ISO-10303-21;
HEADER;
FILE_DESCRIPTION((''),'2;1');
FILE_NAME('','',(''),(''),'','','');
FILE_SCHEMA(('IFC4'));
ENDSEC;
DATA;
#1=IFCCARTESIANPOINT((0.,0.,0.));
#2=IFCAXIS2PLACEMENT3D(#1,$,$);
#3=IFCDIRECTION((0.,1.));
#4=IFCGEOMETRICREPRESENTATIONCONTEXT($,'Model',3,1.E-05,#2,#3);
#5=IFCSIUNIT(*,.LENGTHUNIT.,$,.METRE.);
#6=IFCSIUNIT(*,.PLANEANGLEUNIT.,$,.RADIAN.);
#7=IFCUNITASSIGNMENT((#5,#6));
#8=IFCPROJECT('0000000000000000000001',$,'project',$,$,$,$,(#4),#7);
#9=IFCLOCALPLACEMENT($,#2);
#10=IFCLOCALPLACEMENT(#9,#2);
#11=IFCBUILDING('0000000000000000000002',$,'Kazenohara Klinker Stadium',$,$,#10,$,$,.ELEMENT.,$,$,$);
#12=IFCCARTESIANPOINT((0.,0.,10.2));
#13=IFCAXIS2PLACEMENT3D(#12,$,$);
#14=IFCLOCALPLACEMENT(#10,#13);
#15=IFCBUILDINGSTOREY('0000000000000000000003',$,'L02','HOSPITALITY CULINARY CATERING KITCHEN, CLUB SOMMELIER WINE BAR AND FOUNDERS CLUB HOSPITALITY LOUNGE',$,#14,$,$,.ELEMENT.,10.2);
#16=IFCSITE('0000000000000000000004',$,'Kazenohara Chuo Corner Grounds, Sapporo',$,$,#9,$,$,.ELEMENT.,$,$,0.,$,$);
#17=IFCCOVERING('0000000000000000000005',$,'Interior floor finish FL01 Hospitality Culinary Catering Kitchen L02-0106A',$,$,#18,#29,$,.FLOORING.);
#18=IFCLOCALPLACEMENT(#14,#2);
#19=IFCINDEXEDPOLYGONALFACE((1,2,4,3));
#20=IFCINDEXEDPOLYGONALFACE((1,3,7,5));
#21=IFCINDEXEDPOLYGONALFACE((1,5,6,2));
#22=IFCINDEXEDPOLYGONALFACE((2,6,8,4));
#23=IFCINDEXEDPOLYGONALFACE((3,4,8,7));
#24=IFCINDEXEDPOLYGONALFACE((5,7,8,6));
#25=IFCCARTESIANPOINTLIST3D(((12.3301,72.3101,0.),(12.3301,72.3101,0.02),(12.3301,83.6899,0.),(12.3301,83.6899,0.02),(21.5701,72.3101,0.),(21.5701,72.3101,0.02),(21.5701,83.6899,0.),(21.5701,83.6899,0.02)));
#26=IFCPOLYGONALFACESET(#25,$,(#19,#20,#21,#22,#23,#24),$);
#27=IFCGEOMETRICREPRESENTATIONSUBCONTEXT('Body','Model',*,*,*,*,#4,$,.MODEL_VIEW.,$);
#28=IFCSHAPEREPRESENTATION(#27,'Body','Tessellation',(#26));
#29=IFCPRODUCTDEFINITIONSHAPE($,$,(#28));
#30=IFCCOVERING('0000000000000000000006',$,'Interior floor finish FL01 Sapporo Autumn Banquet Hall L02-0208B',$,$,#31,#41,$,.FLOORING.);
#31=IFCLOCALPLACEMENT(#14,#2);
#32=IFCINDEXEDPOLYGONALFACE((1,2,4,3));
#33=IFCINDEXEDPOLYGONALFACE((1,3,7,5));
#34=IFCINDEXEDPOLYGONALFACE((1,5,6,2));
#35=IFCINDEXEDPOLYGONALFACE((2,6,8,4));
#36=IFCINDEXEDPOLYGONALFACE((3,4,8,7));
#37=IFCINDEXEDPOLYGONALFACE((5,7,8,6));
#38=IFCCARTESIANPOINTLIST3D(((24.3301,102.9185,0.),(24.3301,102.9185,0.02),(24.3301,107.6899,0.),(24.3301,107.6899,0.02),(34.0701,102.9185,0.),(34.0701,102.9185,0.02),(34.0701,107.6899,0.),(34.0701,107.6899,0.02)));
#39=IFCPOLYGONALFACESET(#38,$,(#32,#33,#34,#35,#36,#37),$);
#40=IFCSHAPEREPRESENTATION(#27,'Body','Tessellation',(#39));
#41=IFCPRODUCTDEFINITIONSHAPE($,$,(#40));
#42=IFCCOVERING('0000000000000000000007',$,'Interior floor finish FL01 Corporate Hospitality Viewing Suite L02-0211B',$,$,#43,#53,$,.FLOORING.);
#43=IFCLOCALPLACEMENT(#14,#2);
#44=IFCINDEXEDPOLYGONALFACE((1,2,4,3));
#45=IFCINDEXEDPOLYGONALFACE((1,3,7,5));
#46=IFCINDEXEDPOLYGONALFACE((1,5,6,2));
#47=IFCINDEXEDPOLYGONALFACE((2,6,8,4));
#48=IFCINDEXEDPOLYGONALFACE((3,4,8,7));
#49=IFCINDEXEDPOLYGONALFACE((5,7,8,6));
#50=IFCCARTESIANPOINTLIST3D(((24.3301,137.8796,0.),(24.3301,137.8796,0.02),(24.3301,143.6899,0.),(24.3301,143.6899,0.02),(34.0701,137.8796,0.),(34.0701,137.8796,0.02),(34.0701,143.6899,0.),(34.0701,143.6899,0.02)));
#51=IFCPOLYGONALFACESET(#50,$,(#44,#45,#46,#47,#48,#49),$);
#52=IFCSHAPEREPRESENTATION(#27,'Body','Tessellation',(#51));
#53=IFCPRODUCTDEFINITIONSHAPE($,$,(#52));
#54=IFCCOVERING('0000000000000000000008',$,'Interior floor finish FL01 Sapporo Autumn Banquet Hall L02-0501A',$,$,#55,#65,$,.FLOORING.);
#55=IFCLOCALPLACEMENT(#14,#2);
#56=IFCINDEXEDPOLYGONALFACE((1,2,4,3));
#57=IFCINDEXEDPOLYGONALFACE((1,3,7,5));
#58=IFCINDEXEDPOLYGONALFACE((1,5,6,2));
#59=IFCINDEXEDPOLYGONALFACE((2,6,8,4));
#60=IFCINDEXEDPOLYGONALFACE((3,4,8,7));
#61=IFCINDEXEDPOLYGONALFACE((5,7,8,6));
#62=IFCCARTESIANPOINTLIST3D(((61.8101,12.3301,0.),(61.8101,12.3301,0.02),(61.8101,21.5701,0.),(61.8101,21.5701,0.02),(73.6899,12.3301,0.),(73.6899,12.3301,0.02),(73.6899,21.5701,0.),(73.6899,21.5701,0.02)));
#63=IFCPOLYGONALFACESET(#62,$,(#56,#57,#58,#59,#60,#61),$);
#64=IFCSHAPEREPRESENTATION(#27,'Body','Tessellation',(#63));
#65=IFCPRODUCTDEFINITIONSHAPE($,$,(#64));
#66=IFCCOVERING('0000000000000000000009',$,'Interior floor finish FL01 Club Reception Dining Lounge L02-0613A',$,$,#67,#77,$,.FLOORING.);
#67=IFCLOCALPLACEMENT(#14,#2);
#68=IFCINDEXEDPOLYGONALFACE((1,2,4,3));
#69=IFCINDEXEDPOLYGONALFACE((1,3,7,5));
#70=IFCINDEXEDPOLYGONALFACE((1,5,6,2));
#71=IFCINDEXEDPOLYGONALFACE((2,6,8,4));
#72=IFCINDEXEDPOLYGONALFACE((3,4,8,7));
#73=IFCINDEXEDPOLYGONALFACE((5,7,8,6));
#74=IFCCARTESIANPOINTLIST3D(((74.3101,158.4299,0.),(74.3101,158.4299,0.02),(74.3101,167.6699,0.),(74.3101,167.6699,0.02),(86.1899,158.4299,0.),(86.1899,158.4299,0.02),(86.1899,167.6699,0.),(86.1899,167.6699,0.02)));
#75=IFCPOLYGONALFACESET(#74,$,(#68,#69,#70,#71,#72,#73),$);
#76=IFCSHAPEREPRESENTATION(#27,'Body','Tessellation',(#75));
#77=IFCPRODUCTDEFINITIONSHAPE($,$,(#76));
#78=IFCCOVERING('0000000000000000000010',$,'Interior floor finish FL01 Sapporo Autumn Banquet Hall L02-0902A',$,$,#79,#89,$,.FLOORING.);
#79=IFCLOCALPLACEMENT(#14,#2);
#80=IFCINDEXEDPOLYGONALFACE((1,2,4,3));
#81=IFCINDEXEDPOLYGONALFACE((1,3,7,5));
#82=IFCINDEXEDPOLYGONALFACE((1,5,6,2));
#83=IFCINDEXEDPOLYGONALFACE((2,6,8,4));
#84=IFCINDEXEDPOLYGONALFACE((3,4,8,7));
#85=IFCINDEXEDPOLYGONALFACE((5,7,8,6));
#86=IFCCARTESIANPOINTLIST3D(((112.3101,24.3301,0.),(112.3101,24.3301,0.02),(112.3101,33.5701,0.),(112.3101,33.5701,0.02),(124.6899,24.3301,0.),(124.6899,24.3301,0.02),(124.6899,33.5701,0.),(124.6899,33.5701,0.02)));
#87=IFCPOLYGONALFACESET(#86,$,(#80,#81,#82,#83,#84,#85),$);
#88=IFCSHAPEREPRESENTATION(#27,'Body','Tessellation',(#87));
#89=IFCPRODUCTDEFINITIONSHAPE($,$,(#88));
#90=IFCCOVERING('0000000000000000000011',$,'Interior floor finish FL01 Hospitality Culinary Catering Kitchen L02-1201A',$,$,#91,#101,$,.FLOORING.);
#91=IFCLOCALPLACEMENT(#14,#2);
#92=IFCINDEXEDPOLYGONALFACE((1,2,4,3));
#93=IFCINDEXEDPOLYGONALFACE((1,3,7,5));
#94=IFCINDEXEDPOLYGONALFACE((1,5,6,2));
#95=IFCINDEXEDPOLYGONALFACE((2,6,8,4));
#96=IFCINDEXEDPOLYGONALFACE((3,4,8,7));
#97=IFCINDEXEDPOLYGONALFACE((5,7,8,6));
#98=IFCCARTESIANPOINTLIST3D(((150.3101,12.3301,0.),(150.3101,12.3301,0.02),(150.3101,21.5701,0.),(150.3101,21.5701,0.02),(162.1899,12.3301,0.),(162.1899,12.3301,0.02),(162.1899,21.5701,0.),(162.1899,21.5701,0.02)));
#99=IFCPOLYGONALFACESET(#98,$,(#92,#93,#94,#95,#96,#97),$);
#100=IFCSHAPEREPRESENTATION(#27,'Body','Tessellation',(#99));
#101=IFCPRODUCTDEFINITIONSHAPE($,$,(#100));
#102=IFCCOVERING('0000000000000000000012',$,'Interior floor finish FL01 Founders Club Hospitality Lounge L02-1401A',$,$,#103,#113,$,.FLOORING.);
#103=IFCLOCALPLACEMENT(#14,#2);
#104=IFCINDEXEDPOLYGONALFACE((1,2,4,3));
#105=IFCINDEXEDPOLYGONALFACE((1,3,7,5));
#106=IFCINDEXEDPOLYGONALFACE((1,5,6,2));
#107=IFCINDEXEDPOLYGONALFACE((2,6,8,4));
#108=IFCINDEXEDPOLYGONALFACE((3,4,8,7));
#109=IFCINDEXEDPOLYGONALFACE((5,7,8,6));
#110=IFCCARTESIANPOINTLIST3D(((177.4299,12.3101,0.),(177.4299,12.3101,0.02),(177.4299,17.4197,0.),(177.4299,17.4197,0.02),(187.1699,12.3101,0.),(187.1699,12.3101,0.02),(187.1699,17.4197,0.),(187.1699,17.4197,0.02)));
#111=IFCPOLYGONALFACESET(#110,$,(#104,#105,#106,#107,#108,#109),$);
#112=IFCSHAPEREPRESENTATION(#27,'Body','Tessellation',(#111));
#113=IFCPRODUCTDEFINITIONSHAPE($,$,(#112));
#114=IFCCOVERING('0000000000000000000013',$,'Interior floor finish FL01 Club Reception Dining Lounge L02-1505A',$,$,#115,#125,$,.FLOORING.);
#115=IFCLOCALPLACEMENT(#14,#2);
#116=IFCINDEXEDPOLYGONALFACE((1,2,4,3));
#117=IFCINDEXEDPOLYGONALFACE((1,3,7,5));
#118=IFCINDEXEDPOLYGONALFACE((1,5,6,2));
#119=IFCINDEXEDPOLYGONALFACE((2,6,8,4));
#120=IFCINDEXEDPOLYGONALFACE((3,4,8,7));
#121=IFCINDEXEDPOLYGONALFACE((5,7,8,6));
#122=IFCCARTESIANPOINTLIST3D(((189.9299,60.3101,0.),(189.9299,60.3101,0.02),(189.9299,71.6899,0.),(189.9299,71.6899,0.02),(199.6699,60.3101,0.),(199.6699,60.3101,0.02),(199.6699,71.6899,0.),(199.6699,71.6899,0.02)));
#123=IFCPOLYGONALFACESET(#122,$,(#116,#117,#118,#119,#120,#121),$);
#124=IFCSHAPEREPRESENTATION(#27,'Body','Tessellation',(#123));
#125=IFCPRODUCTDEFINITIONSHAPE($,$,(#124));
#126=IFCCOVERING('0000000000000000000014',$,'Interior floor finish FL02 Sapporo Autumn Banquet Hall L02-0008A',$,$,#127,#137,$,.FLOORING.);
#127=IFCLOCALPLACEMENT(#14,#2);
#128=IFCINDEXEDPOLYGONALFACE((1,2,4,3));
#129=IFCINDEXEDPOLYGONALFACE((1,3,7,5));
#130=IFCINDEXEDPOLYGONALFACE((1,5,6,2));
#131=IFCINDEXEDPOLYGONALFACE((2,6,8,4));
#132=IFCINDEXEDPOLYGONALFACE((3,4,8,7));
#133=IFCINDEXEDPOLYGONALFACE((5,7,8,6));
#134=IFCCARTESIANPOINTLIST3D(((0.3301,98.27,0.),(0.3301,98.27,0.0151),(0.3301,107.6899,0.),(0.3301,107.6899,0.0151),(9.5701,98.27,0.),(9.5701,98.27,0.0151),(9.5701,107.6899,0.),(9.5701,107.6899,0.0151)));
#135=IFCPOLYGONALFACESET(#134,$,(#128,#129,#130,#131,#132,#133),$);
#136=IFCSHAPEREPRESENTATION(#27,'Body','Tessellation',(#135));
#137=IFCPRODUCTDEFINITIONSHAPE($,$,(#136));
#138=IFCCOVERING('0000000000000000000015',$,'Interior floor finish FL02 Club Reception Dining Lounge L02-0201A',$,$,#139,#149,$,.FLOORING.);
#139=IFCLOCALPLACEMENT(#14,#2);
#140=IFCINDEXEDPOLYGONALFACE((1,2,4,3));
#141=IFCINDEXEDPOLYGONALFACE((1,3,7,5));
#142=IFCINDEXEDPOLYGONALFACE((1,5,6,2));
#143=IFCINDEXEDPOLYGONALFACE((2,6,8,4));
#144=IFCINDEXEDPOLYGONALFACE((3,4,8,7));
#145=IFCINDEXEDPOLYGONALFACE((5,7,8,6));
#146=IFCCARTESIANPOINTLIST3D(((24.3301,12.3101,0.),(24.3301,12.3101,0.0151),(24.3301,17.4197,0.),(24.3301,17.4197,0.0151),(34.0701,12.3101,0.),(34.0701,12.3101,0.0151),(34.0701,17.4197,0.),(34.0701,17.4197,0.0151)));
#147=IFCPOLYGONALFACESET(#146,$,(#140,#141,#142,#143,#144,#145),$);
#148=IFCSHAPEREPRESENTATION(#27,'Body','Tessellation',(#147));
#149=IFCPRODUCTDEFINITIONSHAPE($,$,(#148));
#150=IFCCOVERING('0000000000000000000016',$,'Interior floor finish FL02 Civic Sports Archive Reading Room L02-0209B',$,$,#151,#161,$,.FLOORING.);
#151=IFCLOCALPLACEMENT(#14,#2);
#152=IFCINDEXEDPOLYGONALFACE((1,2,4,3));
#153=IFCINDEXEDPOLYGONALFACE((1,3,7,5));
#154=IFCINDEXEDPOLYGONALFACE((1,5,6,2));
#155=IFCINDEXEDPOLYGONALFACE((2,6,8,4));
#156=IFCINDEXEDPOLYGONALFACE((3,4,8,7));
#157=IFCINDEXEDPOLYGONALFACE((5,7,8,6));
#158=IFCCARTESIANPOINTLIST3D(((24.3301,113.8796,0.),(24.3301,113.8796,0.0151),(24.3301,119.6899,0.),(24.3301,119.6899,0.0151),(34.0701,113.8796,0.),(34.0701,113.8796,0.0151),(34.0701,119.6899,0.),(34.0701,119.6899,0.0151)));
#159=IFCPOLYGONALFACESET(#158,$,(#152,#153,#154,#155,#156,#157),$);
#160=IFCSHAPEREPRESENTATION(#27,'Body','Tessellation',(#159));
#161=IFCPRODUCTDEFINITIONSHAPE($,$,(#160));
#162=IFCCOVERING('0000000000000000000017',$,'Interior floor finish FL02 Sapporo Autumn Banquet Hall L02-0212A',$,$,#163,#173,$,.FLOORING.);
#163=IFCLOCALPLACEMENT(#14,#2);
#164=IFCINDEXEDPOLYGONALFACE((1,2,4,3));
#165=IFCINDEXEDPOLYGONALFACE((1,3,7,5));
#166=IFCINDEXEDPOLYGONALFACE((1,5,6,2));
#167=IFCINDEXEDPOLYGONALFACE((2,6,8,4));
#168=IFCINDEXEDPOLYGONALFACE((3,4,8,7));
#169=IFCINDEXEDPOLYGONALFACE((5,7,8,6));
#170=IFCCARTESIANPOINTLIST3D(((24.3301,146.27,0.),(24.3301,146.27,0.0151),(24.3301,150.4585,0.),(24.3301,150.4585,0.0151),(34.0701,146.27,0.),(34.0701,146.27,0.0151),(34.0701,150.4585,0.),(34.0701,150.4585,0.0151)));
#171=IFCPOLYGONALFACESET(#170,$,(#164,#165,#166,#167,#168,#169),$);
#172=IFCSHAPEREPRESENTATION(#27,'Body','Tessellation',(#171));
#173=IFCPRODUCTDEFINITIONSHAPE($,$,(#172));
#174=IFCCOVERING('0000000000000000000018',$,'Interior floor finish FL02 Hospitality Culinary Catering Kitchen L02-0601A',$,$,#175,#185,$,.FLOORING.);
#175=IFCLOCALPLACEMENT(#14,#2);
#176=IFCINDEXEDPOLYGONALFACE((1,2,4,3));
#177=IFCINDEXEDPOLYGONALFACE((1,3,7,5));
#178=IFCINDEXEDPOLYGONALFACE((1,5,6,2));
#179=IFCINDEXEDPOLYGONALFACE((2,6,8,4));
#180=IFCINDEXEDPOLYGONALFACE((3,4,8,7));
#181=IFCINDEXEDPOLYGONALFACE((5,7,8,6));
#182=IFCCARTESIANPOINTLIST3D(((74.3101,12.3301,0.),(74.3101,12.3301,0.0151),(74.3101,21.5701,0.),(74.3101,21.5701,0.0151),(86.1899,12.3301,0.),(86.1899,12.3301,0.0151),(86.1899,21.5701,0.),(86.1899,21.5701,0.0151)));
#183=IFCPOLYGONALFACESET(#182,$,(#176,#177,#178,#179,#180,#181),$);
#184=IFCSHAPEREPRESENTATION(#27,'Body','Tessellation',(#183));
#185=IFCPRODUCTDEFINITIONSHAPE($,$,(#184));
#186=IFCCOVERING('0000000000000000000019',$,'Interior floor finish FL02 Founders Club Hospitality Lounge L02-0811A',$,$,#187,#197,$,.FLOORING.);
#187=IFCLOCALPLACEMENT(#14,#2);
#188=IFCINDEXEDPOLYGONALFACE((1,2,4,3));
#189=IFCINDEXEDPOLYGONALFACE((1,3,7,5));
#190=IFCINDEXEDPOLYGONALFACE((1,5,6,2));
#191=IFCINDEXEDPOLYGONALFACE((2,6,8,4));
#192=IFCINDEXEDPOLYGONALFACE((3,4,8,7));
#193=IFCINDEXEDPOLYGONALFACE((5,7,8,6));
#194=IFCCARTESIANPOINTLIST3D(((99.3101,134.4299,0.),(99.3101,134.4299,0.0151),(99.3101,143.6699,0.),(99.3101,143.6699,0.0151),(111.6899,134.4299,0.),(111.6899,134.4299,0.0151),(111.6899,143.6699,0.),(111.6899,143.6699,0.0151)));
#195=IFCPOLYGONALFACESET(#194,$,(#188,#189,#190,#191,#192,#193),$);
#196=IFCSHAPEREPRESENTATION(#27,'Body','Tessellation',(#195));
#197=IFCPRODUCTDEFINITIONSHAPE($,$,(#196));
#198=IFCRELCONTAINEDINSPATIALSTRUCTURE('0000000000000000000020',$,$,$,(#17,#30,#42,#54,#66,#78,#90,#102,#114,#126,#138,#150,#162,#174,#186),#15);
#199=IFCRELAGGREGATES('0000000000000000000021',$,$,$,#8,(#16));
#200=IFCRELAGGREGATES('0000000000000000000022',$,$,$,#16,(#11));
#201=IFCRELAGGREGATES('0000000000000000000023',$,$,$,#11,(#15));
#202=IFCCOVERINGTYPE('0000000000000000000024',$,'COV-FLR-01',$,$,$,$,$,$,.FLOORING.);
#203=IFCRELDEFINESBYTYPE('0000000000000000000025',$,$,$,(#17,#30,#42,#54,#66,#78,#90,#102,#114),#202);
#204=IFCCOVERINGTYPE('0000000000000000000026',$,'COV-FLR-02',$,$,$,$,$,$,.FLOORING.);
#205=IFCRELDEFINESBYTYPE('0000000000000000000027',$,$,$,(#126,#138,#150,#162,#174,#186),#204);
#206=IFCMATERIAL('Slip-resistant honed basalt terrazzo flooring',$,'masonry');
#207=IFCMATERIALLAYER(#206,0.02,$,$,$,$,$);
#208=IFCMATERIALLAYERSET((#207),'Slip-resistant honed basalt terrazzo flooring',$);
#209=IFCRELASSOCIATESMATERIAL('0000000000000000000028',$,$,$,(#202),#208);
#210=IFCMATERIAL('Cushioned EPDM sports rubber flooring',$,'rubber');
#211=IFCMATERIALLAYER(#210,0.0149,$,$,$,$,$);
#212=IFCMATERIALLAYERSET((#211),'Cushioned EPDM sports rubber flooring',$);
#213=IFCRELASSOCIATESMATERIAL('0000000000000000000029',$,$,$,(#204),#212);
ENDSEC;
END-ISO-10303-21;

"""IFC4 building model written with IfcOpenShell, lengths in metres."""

from ifc_helpers import new_model, si_unit, direction, frame, origin, place, context, subcontext, project, spatial, polyline, outline, extrude, material, layer, layer_set, type_object, element, save


model = new_model("IFC4")

# Units and contexts
model_context = context("Model", 3, precision=1e-05, world=origin(), true_north=direction((0.0, 1.0)))
body_context = subcontext(model_context, "Body", "Model", "MODEL_VIEW")
ifc_project = project(units=[si_unit("LENGTHUNIT", "METRE"), si_unit("PLANEANGLEUNIT", "RADIAN")], contexts=[model_context])

# Site, building, storey
site_placement = place(None, origin())
site = spatial("IfcSite", under=ifc_project, at=site_placement, Name="Kazenohara Chuo Corner Grounds, Sapporo", CompositionType="ELEMENT", RefElevation=0.0)
building_placement = place(site_placement, origin())
building = spatial("IfcBuilding", under=site, at=building_placement, Name="Kazenohara Klinker Stadium", CompositionType="ELEMENT")
storey_placement = place(building_placement, frame((0.0, 0.0, 10.2)))
storey = spatial("IfcBuildingStorey", under=building, at=storey_placement, Name="L02", Description="HOSPITALITY CULINARY CATERING KITCHEN, CLUB SOMMELIER WINE BAR AND FOUNDERS CLUB HOSPITALITY LOUNGE", CompositionType="ELEMENT", Elevation=10.2)

# Coverings
ifc_material_1 = material(Name="Slip-resistant honed basalt terrazzo flooring", Category="masonry")
ifc_layer_1 = layer(ifc_material_1, 0.02)
ifc_layer_set_1 = layer_set([ifc_layer_1], Name="Slip-resistant honed basalt terrazzo flooring")
covering_type_1 = type_object("IfcCoveringType", Name="COV-FLR-01", PredefinedType="FLOORING", material=ifc_layer_set_1)
covering_1_placement = place(storey_placement, origin())
element("IfcCovering", 1, at=covering_1_placement, inside=storey, type_object=covering_type_1, Name="Interior floor finish FL01 Hospitality Culinary Catering Kitchen L02-0106A", PredefinedType="FLOORING", context=body_context, shape_type="SweptSolid", body=[
    extrude(outline(polyline([(12.3301, 72.3101), (21.5701, 72.3101), (21.5701, 83.6899), (12.3301, 83.6899), (12.3301, 72.3101)])), origin(), (0.0, 0.0, 1.0), 0.02),
])
covering_2_placement = place(storey_placement, origin())
element("IfcCovering", 2, at=covering_2_placement, inside=storey, type_object=covering_type_1, Name="Interior floor finish FL01 Sapporo Autumn Banquet Hall L02-0208B", PredefinedType="FLOORING", context=body_context, shape_type="SweptSolid", body=[
    extrude(outline(polyline([(24.3301, 102.9185), (34.0701, 102.9185), (34.0701, 107.6899), (24.3301, 107.6899), (24.3301, 102.9185)])), origin(), (0.0, 0.0, 1.0), 0.02),
])
covering_3_placement = place(storey_placement, origin())
element("IfcCovering", 3, at=covering_3_placement, inside=storey, type_object=covering_type_1, Name="Interior floor finish FL01 Corporate Hospitality Viewing Suite L02-0211B", PredefinedType="FLOORING", context=body_context, shape_type="SweptSolid", body=[
    extrude(outline(polyline([(24.3301, 137.8796), (34.0701, 137.8796), (34.0701, 143.6899), (24.3301, 143.6899), (24.3301, 137.8796)])), origin(), (0.0, 0.0, 1.0), 0.02),
])
covering_4_placement = place(storey_placement, origin())
element("IfcCovering", 4, at=covering_4_placement, inside=storey, type_object=covering_type_1, Name="Interior floor finish FL01 Sapporo Autumn Banquet Hall L02-0501A", PredefinedType="FLOORING", context=body_context, shape_type="SweptSolid", body=[
    extrude(outline(polyline([(61.8101, 12.3301), (73.6899, 12.3301), (73.6899, 21.5701), (61.8101, 21.5701), (61.8101, 12.3301)])), origin(), (0.0, 0.0, 1.0), 0.02),
])
covering_5_placement = place(storey_placement, origin())
element("IfcCovering", 5, at=covering_5_placement, inside=storey, type_object=covering_type_1, Name="Interior floor finish FL01 Club Reception Dining Lounge L02-0613A", PredefinedType="FLOORING", context=body_context, shape_type="SweptSolid", body=[
    extrude(outline(polyline([(74.3101, 158.4299), (86.1899, 158.4299), (86.1899, 167.6699), (74.3101, 167.6699), (74.3101, 158.4299)])), origin(), (0.0, 0.0, 1.0), 0.02),
])
covering_6_placement = place(storey_placement, origin())
element("IfcCovering", 6, at=covering_6_placement, inside=storey, type_object=covering_type_1, Name="Interior floor finish FL01 Sapporo Autumn Banquet Hall L02-0902A", PredefinedType="FLOORING", context=body_context, shape_type="SweptSolid", body=[
    extrude(outline(polyline([(112.3101, 24.3301), (124.6899, 24.3301), (124.6899, 33.5701), (112.3101, 33.5701), (112.3101, 24.3301)])), origin(), (0.0, 0.0, 1.0), 0.02),
])
covering_7_placement = place(storey_placement, origin())
element("IfcCovering", 7, at=covering_7_placement, inside=storey, type_object=covering_type_1, Name="Interior floor finish FL01 Hospitality Culinary Catering Kitchen L02-1201A", PredefinedType="FLOORING", context=body_context, shape_type="SweptSolid", body=[
    extrude(outline(polyline([(150.3101, 12.3301), (162.1899, 12.3301), (162.1899, 21.5701), (150.3101, 21.5701), (150.3101, 12.3301)])), origin(), (0.0, 0.0, 1.0), 0.02),
])
covering_8_placement = place(storey_placement, origin())
element("IfcCovering", 8, at=covering_8_placement, inside=storey, type_object=covering_type_1, Name="Interior floor finish FL01 Founders Club Hospitality Lounge L02-1401A", PredefinedType="FLOORING", context=body_context, shape_type="SweptSolid", body=[
    extrude(outline(polyline([(177.4299, 12.3101), (187.1699, 12.3101), (187.1699, 17.4197), (177.4299, 17.4197), (177.4299, 12.3101)])), origin(), (0.0, 0.0, 1.0), 0.02),
])
covering_9_placement = place(storey_placement, origin())
element("IfcCovering", 9, at=covering_9_placement, inside=storey, type_object=covering_type_1, Name="Interior floor finish FL01 Club Reception Dining Lounge L02-1505A", PredefinedType="FLOORING", context=body_context, shape_type="SweptSolid", body=[
    extrude(outline(polyline([(189.9299, 60.3101), (199.6699, 60.3101), (199.6699, 71.6899), (189.9299, 71.6899), (189.9299, 60.3101)])), origin(), (0.0, 0.0, 1.0), 0.02),
])
ifc_material_2 = material(Name="Cushioned EPDM sports rubber flooring", Category="rubber")
ifc_layer_2 = layer(ifc_material_2, 0.0149)
ifc_layer_set_2 = layer_set([ifc_layer_2], Name="Cushioned EPDM sports rubber flooring")
covering_type_2 = type_object("IfcCoveringType", Name="COV-FLR-02", PredefinedType="FLOORING", material=ifc_layer_set_2)
covering_10_placement = place(storey_placement, origin())
element("IfcCovering", 10, at=covering_10_placement, inside=storey, type_object=covering_type_2, Name="Interior floor finish FL02 Sapporo Autumn Banquet Hall L02-0008A", PredefinedType="FLOORING", context=body_context, shape_type="SweptSolid", body=[
    extrude(outline(polyline([(0.3301, 98.27), (9.5701, 98.27), (9.5701, 107.6899), (0.3301, 107.6899), (0.3301, 98.27)])), origin(), (0.0, 0.0, 1.0), 0.0151),
])
covering_11_placement = place(storey_placement, origin())
element("IfcCovering", 11, at=covering_11_placement, inside=storey, type_object=covering_type_2, Name="Interior floor finish FL02 Club Reception Dining Lounge L02-0201A", PredefinedType="FLOORING", context=body_context, shape_type="SweptSolid", body=[
    extrude(outline(polyline([(24.3301, 12.3101), (34.0701, 12.3101), (34.0701, 17.4197), (24.3301, 17.4197), (24.3301, 12.3101)])), origin(), (0.0, 0.0, 1.0), 0.0151),
])
covering_12_placement = place(storey_placement, origin())
element("IfcCovering", 12, at=covering_12_placement, inside=storey, type_object=covering_type_2, Name="Interior floor finish FL02 Civic Sports Archive Reading Room L02-0209B", PredefinedType="FLOORING", context=body_context, shape_type="SweptSolid", body=[
    extrude(outline(polyline([(24.3301, 113.8796), (34.0701, 113.8796), (34.0701, 119.6899), (24.3301, 119.6899), (24.3301, 113.8796)])), origin(), (0.0, 0.0, 1.0), 0.0151),
])
covering_13_placement = place(storey_placement, origin())
element("IfcCovering", 13, at=covering_13_placement, inside=storey, type_object=covering_type_2, Name="Interior floor finish FL02 Sapporo Autumn Banquet Hall L02-0212A", PredefinedType="FLOORING", context=body_context, shape_type="SweptSolid", body=[
    extrude(outline(polyline([(24.3301, 146.27), (34.0701, 146.27), (34.0701, 150.4585), (24.3301, 150.4585), (24.3301, 146.27)])), origin(), (0.0, 0.0, 1.0), 0.0151),
])
covering_14_placement = place(storey_placement, origin())
element("IfcCovering", 14, at=covering_14_placement, inside=storey, type_object=covering_type_2, Name="Interior floor finish FL02 Hospitality Culinary Catering Kitchen L02-0601A", PredefinedType="FLOORING", context=body_context, shape_type="SweptSolid", body=[
    extrude(outline(polyline([(74.3101, 12.3301), (86.1899, 12.3301), (86.1899, 21.5701), (74.3101, 21.5701), (74.3101, 12.3301)])), origin(), (0.0, 0.0, 1.0), 0.0151),
])
covering_15_placement = place(storey_placement, origin())
element("IfcCovering", 15, at=covering_15_placement, inside=storey, type_object=covering_type_2, Name="Interior floor finish FL02 Founders Club Hospitality Lounge L02-0811A", PredefinedType="FLOORING", context=body_context, shape_type="SweptSolid", body=[
    extrude(outline(polyline([(99.3101, 134.4299), (111.6899, 134.4299), (111.6899, 143.6699), (99.3101, 143.6699), (99.3101, 134.4299)])), origin(), (0.0, 0.0, 1.0), 0.0151),
])

save(model, "model.ifc")
